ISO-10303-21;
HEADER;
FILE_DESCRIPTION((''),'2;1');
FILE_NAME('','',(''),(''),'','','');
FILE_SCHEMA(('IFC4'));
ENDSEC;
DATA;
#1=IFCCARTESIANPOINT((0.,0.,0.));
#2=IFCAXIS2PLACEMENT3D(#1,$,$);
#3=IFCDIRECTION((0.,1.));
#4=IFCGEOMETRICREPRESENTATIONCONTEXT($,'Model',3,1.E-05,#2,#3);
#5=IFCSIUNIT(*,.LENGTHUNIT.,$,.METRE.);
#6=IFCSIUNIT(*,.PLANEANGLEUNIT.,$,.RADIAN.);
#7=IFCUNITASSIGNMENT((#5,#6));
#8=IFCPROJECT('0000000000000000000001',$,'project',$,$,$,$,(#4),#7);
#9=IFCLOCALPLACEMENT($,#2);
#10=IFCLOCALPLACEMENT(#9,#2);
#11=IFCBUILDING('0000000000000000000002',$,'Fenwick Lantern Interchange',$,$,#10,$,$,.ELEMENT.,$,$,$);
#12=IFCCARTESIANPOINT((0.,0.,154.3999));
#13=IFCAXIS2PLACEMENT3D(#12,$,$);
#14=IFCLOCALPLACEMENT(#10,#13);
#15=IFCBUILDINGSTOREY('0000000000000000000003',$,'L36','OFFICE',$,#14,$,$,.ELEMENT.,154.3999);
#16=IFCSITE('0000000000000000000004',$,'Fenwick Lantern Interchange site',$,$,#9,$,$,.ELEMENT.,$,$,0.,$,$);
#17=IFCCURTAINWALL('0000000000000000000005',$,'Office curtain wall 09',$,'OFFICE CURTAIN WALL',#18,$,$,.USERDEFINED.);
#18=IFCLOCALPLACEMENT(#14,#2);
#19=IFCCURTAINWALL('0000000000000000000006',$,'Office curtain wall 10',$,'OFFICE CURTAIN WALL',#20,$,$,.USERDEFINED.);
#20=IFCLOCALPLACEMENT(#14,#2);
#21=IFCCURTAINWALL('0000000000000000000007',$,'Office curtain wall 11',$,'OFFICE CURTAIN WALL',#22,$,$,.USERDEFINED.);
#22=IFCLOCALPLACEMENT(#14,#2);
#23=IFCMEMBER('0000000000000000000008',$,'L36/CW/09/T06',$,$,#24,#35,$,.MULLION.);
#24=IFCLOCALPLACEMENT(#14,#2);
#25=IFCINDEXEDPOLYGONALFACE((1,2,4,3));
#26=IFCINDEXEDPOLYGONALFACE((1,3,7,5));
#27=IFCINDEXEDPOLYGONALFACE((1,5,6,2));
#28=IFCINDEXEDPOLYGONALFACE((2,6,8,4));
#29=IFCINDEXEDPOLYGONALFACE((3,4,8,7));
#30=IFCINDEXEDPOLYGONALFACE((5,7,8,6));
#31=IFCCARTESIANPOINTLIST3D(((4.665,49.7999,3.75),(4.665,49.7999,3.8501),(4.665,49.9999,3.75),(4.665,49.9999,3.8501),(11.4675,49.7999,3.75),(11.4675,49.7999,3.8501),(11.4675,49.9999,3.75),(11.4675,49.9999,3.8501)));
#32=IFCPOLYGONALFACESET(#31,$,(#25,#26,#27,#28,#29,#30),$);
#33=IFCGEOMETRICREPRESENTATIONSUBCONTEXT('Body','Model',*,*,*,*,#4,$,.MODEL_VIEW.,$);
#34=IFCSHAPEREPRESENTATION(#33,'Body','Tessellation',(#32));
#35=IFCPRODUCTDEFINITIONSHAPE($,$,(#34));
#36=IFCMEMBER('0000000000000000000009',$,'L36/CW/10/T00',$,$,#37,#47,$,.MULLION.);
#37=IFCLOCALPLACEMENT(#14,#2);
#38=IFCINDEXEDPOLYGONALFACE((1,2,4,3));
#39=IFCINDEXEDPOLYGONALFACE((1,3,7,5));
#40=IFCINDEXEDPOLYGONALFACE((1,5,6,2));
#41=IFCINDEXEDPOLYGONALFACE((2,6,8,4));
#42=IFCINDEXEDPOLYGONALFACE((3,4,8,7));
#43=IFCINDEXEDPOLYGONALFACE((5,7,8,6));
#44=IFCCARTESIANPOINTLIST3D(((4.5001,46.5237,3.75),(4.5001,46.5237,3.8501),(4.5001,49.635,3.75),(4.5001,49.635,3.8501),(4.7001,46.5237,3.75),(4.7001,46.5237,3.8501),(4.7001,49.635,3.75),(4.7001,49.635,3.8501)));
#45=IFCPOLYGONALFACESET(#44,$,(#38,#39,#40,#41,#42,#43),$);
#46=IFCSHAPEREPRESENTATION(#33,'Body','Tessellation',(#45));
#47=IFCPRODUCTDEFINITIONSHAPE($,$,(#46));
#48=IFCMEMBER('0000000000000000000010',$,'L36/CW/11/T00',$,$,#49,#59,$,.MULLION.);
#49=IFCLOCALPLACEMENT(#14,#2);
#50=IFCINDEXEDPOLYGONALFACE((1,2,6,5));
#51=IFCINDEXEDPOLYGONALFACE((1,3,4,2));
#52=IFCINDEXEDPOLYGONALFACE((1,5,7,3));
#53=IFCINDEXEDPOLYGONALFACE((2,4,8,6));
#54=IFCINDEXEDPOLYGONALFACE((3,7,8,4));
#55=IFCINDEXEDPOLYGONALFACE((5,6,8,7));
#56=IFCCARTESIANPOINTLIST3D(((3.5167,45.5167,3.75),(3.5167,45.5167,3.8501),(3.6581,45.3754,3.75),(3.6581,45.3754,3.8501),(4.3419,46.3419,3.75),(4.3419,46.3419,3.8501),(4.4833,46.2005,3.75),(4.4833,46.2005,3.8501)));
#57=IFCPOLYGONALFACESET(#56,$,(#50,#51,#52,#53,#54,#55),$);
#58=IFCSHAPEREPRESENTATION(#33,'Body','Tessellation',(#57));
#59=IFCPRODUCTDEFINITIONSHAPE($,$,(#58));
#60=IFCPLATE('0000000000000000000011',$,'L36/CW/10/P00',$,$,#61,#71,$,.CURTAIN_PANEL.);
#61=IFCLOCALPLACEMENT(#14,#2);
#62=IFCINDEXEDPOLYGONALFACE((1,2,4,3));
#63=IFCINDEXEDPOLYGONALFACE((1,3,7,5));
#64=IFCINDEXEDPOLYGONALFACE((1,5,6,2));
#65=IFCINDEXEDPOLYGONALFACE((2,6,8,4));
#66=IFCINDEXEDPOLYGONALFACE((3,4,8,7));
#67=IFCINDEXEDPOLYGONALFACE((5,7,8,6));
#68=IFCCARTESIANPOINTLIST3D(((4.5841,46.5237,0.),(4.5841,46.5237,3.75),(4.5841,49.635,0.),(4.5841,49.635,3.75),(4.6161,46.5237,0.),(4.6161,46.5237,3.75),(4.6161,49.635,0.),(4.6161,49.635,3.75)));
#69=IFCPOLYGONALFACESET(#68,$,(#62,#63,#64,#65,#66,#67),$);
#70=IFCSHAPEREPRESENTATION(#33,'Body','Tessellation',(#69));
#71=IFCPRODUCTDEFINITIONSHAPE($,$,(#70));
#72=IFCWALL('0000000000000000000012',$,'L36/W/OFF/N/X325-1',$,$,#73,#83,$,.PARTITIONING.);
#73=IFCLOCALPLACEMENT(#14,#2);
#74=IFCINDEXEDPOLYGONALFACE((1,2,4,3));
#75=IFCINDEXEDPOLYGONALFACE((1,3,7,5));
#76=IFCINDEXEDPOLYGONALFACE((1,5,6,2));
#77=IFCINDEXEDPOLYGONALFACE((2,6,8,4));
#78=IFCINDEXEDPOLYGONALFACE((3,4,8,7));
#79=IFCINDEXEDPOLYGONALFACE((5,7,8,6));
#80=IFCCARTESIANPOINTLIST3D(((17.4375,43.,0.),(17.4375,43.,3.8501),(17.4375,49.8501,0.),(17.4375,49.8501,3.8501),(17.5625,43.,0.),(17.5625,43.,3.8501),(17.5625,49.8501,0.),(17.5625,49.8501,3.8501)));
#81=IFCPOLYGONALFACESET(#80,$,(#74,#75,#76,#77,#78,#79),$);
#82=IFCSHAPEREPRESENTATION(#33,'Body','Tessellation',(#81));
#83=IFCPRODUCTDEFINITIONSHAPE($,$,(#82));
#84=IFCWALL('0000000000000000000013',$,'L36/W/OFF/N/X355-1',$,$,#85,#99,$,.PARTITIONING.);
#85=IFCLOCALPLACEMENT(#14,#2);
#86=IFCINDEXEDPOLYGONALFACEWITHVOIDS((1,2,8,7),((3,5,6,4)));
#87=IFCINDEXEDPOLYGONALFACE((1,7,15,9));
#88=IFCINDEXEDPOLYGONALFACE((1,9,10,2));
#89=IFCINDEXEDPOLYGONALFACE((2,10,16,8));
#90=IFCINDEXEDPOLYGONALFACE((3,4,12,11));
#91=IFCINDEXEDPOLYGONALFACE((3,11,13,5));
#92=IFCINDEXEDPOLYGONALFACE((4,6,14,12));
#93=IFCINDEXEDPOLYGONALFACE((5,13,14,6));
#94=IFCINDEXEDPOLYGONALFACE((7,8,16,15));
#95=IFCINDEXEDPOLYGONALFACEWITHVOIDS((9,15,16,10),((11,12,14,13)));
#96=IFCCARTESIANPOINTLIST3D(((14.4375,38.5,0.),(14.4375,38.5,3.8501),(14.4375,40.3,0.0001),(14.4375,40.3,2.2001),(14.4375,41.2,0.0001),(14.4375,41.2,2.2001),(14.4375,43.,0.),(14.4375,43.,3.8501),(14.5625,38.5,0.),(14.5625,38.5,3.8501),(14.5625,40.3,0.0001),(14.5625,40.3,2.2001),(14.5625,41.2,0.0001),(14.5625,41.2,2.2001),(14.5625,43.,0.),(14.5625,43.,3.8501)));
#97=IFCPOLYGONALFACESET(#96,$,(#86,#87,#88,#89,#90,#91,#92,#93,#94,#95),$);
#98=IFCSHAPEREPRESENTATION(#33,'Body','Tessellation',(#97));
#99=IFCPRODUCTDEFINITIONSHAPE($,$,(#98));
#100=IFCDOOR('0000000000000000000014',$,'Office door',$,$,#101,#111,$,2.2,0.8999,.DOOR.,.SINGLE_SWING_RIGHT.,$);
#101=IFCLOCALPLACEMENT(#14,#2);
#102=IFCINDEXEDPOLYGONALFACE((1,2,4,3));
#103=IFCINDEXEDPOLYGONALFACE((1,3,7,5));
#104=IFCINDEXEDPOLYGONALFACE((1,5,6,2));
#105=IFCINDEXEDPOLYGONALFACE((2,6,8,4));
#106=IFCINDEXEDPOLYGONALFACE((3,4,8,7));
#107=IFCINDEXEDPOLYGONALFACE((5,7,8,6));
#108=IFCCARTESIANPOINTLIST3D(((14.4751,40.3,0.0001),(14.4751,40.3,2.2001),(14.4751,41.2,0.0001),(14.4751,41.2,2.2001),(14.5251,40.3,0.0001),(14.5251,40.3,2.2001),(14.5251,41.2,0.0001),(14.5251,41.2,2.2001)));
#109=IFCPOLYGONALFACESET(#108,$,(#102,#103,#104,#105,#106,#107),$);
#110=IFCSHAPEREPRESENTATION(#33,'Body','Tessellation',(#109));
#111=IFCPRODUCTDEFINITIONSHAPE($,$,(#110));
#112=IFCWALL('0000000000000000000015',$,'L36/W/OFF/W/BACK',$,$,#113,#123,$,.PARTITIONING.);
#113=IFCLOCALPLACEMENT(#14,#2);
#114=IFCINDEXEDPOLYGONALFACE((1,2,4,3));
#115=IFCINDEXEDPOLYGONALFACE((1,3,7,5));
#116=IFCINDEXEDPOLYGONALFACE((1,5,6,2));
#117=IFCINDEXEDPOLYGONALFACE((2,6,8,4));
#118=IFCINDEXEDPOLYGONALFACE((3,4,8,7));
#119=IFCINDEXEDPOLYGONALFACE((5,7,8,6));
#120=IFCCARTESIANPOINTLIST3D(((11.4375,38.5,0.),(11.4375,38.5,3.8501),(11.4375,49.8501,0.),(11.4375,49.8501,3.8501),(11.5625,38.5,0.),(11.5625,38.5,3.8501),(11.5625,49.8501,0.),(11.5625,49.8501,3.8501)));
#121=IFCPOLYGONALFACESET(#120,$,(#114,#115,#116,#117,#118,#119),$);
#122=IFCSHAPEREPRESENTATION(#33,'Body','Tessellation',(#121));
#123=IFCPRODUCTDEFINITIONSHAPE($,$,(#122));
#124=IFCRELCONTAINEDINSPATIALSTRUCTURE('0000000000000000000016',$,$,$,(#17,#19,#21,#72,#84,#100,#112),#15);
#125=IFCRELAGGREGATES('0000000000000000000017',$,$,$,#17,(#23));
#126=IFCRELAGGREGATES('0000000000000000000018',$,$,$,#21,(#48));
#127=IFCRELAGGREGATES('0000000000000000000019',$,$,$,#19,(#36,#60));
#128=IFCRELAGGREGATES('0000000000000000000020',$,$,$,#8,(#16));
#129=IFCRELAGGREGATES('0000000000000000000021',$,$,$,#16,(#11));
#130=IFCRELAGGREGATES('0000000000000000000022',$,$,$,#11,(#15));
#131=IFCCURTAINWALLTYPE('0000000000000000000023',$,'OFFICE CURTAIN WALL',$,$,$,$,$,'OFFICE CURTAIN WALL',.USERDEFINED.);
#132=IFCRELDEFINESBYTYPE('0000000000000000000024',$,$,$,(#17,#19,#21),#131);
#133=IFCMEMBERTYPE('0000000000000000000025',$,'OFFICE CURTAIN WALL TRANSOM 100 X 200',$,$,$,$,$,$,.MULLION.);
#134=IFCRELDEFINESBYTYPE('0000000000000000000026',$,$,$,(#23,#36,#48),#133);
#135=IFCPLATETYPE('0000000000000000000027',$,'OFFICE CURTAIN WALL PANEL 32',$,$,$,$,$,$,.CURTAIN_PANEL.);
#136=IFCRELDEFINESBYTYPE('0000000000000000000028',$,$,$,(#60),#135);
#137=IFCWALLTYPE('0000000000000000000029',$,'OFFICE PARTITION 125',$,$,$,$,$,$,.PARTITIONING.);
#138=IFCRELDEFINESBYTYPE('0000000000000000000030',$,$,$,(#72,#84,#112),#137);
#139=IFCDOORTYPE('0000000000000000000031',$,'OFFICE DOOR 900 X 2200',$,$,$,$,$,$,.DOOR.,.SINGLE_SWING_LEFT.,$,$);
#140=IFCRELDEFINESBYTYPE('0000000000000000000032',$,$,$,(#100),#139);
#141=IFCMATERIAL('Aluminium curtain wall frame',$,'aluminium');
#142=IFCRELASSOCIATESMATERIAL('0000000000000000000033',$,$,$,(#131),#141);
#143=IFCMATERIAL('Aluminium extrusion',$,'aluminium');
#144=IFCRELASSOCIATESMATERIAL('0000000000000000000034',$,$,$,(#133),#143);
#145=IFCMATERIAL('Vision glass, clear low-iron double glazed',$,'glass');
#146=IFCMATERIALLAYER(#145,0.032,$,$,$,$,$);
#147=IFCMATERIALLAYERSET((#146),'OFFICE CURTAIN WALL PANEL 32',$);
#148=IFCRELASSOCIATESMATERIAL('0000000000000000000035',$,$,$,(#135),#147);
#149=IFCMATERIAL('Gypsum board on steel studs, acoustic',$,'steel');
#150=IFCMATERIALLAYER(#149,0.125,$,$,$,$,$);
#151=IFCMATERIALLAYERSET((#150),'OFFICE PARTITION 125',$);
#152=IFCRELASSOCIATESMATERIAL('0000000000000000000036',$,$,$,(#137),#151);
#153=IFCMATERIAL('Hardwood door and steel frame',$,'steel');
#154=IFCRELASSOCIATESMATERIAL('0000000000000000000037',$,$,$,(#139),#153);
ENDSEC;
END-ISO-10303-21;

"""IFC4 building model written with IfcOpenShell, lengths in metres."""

from ifc_helpers import new_model, si_unit, direction, frame, frame_2d, origin, origin_2d, place, context, subcontext, project, spatial, rectangle, extrude, material, layer, layer_set, material_profile, profile_set, type_object, element, fill, aggregate, save


model = new_model("IFC4")

# Units and contexts
model_context = context("Model", 3, precision=1e-05, world=origin(), true_north=direction((0.0, 1.0)))
body_context = subcontext(model_context, "Body", "Model", "MODEL_VIEW")
ifc_project = project(units=[si_unit("LENGTHUNIT", "METRE"), si_unit("PLANEANGLEUNIT", "RADIAN")], contexts=[model_context])

# Site, building, storey
site_placement = place(None, origin())
site = spatial("IfcSite", under=ifc_project, at=site_placement, Name="Fenwick Lantern Interchange site", CompositionType="ELEMENT", RefElevation=0.0)
building_placement = place(site_placement, origin())
building = spatial("IfcBuilding", under=site, at=building_placement, Name="Fenwick Lantern Interchange", CompositionType="ELEMENT")
storey_placement = place(building_placement, frame((0.0, 0.0, 154.3999)))
storey = spatial("IfcBuildingStorey", under=building, at=storey_placement, Name="L36", Description="OFFICE", CompositionType="ELEMENT", Elevation=154.3999)

# Curtain walls
ifc_material_1 = material(Name="Aluminium curtain wall frame", Category="aluminium")
curtain_wall_type = type_object("IfcCurtainWallType", Name="OFFICE CURTAIN WALL", ElementType="OFFICE CURTAIN WALL", PredefinedType="USERDEFINED", material=ifc_material_1)
curtain_wall_1_placement = place(storey_placement, origin())
curtain_wall_1 = element("IfcCurtainWall", 1, at=curtain_wall_1_placement, inside=storey, type_object=curtain_wall_type, Name="Office curtain wall 09", ObjectType="OFFICE CURTAIN WALL", PredefinedType="USERDEFINED")
ifc_material_2 = material(Name="Aluminium extrusion", Category="aluminium")
curtain_wall_2_placement = place(storey_placement, origin())
curtain_wall_2 = element("IfcCurtainWall", 2, at=curtain_wall_2_placement, inside=storey, type_object=curtain_wall_type, Name="Office curtain wall 10", ObjectType="OFFICE CURTAIN WALL", PredefinedType="USERDEFINED")

# Curtain wall
curtain_wall_3_placement = place(storey_placement, origin())
curtain_wall_3 = element("IfcCurtainWall", 3, at=curtain_wall_3_placement, inside=storey, type_object=curtain_wall_type, Name="Office curtain wall 11", ObjectType="OFFICE CURTAIN WALL", PredefinedType="USERDEFINED")

# Members
ifc_material_profile_1 = material_profile(ifc_material_2, rectangle(XDim=0.2, YDim=0.1001, at=origin_2d()), Name="OFFICE CURTAIN WALL TRANSOM 100 X 200")
ifc_profile_set_1 = profile_set([ifc_material_profile_1], Name="Aluminium extrusion")
member_type_1 = type_object("IfcMemberType", Name="OFFICE CURTAIN WALL TRANSOM 100 X 200", PredefinedType="MULLION", material=ifc_profile_set_1)
member_1_placement = place(storey_placement, frame((11.4675, 49.8999, 3.8), z_axis=(-1.0, 0.0, 0.0), x_axis=(0.0, -1.0, 0.0)))
member_1 = element("IfcMember", 4, at=member_1_placement, type_object=member_type_1, Name="L36/CW/09/T06", PredefinedType="MULLION", context=body_context, shape_type="SweptSolid", body=[
    extrude(rectangle(XDim=0.2, YDim=0.1001, at=origin_2d()), origin(), (0.0, 0.0, 1.0), 6.8025),
])
aggregate(curtain_wall_1, [member_1])
member_2_placement = place(storey_placement, frame((4.6001, 49.635, 3.8), z_axis=(0.0, -1.0, 0.0), x_axis=(1.0, 0.0, 0.0)))
member_2 = element("IfcMember", 5, at=member_2_placement, type_object=member_type_1, Name="L36/CW/10/T00", PredefinedType="MULLION", context=body_context, shape_type="SweptSolid", body=[
    extrude(rectangle(XDim=0.2, YDim=0.1001, at=origin_2d()), origin(), (0.0, 0.0, 1.0), 3.1113),
])
member_3_placement = place(storey_placement, frame((4.4126, 46.2712, 3.8), z_axis=(-0.707107, -0.707107, 0.0), x_axis=(0.707107, -0.707107, 0.0)))
member_3 = element("IfcMember", 6, at=member_3_placement, type_object=member_type_1, Name="L36/CW/11/T00", PredefinedType="MULLION", context=body_context, shape_type="SweptSolid", body=[
    extrude(rectangle(XDim=0.2, YDim=0.1001, at=origin_2d()), origin(), (0.0, 0.0, 1.0), 1.167),
])
aggregate(curtain_wall_3, [member_3])

# Plate
ifc_material_3 = material(Name="Vision glass, clear low-iron double glazed", Category="glass")
ifc_layer_1 = layer(ifc_material_3, 0.032)
ifc_layer_set_1 = layer_set([ifc_layer_1], Name="OFFICE CURTAIN WALL PANEL 32")
plate_type = type_object("IfcPlateType", Name="OFFICE CURTAIN WALL PANEL 32", PredefinedType="CURTAIN_PANEL", material=ifc_layer_set_1)
plate_placement = place(storey_placement, frame((4.6001, 48.0793, 0.0), z_axis=(0.0, 0.0, 1.0), x_axis=(0.0, -1.0, 0.0)))
plate = element("IfcPlate", 7, at=plate_placement, type_object=plate_type, Name="L36/CW/10/P00", PredefinedType="CURTAIN_PANEL", context=body_context, shape_type="SweptSolid", body=[
    extrude(rectangle(XDim=3.1113, YDim=0.032, at=origin_2d()), origin(), (0.0, 0.0, 1.0), 3.75),
])
aggregate(curtain_wall_2, [member_2, plate])

# Wall
ifc_material_4 = material(Name="Gypsum board on steel studs, acoustic", Category="steel")
ifc_layer_2 = layer(ifc_material_4, 0.125)
ifc_layer_set_2 = layer_set([ifc_layer_2], Name="OFFICE PARTITION 125")
wall_type = type_object("IfcWallType", Name="OFFICE PARTITION 125", PredefinedType="PARTITIONING", material=ifc_layer_set_2)
wall_1_placement = place(storey_placement, frame((17.5, 49.8501, 0.0), z_axis=(0.0, 0.0, 1.0), x_axis=(0.0, -1.0, 0.0)))
element("IfcWall", 8, at=wall_1_placement, inside=storey, type_object=wall_type, Name="L36/W/OFF/N/X325-1", PredefinedType="PARTITIONING", context=body_context, shape_type="SweptSolid", body=[
    extrude(rectangle(XDim=6.8501, YDim=0.125, at=frame_2d((3.425, 0.0))), origin(), (0.0, 0.0, 1.0), 3.8501),
])

# Wall, opening, door
wall_2_placement = place(storey_placement, frame((14.5, 43.0, 0.0), z_axis=(0.0, 0.0, 1.0), x_axis=(0.0, -1.0, 0.0)))
wall_2 = element("IfcWall", 9, at=wall_2_placement, inside=storey, type_object=wall_type, Name="L36/W/OFF/N/X355-1", PredefinedType="PARTITIONING", context=body_context, shape_type="SweptSolid", body=[
    extrude(rectangle(XDim=4.5, YDim=0.125, at=frame_2d((2.25, 0.0))), origin(), (0.0, 0.0, 1.0), 3.8501),
])
opening_placement = place(wall_2_placement, frame((1.8, 0.0, 0.0)))
opening = element("IfcOpeningElement", 10, at=opening_placement, cuts=wall_2, PredefinedType="OPENING", context=body_context, shape_type="SweptSolid", body=[
    extrude(rectangle(XDim=0.8999, YDim=2.2, at=frame_2d((0.45, 1.1001))), frame((0.0, 0.0725, 0.0), z_axis=(0.0, -1.0, 0.0), x_axis=(1.0, 0.0, 0.0)), (0.0, 0.0, 1.0), 0.145),
])
ifc_material_5 = material(Name="Hardwood door and steel frame", Category="steel")
door_type = type_object("IfcDoorType", Name="OFFICE DOOR 900 X 2200", OperationType="SINGLE_SWING_LEFT", PredefinedType="DOOR", material=ifc_material_5)
door_placement = place(opening_placement, frame((0.8999, 0.0, 0.0), z_axis=(0.0, 0.0, 1.0), x_axis=(-1.0, 0.0, 0.0)))
door = element("IfcDoor", 11, at=door_placement, inside=storey, type_object=door_type, Name="Office door", OperationType="SINGLE_SWING_RIGHT", OverallHeight=2.2, OverallWidth=0.8999, PredefinedType="DOOR", context=body_context, shape_type="SweptSolid", body=[
    extrude(rectangle(XDim=0.8999, YDim=2.2, at=frame_2d((0.45, 1.1001))), frame((0.0, 0.0249, 0.0), z_axis=(0.0, -1.0, 0.0), x_axis=(1.0, 0.0, 0.0)), (0.0, 0.0, 1.0), 0.05),
])
fill(opening, door)

# Wall
wall_3_placement = place(storey_placement, frame((11.5, 49.8501, 0.0), z_axis=(0.0, 0.0, 1.0), x_axis=(0.0, -1.0, 0.0)))
element("IfcWall", 12, at=wall_3_placement, inside=storey, type_object=wall_type, Name="L36/W/OFF/W/BACK", PredefinedType="PARTITIONING", context=body_context, shape_type="SweptSolid", body=[
    extrude(rectangle(XDim=11.3501, YDim=0.125, at=frame_2d((5.675, 0.0))), origin(), (0.0, 0.0, 1.0), 3.8501),
])

save(model, "model.ifc")
